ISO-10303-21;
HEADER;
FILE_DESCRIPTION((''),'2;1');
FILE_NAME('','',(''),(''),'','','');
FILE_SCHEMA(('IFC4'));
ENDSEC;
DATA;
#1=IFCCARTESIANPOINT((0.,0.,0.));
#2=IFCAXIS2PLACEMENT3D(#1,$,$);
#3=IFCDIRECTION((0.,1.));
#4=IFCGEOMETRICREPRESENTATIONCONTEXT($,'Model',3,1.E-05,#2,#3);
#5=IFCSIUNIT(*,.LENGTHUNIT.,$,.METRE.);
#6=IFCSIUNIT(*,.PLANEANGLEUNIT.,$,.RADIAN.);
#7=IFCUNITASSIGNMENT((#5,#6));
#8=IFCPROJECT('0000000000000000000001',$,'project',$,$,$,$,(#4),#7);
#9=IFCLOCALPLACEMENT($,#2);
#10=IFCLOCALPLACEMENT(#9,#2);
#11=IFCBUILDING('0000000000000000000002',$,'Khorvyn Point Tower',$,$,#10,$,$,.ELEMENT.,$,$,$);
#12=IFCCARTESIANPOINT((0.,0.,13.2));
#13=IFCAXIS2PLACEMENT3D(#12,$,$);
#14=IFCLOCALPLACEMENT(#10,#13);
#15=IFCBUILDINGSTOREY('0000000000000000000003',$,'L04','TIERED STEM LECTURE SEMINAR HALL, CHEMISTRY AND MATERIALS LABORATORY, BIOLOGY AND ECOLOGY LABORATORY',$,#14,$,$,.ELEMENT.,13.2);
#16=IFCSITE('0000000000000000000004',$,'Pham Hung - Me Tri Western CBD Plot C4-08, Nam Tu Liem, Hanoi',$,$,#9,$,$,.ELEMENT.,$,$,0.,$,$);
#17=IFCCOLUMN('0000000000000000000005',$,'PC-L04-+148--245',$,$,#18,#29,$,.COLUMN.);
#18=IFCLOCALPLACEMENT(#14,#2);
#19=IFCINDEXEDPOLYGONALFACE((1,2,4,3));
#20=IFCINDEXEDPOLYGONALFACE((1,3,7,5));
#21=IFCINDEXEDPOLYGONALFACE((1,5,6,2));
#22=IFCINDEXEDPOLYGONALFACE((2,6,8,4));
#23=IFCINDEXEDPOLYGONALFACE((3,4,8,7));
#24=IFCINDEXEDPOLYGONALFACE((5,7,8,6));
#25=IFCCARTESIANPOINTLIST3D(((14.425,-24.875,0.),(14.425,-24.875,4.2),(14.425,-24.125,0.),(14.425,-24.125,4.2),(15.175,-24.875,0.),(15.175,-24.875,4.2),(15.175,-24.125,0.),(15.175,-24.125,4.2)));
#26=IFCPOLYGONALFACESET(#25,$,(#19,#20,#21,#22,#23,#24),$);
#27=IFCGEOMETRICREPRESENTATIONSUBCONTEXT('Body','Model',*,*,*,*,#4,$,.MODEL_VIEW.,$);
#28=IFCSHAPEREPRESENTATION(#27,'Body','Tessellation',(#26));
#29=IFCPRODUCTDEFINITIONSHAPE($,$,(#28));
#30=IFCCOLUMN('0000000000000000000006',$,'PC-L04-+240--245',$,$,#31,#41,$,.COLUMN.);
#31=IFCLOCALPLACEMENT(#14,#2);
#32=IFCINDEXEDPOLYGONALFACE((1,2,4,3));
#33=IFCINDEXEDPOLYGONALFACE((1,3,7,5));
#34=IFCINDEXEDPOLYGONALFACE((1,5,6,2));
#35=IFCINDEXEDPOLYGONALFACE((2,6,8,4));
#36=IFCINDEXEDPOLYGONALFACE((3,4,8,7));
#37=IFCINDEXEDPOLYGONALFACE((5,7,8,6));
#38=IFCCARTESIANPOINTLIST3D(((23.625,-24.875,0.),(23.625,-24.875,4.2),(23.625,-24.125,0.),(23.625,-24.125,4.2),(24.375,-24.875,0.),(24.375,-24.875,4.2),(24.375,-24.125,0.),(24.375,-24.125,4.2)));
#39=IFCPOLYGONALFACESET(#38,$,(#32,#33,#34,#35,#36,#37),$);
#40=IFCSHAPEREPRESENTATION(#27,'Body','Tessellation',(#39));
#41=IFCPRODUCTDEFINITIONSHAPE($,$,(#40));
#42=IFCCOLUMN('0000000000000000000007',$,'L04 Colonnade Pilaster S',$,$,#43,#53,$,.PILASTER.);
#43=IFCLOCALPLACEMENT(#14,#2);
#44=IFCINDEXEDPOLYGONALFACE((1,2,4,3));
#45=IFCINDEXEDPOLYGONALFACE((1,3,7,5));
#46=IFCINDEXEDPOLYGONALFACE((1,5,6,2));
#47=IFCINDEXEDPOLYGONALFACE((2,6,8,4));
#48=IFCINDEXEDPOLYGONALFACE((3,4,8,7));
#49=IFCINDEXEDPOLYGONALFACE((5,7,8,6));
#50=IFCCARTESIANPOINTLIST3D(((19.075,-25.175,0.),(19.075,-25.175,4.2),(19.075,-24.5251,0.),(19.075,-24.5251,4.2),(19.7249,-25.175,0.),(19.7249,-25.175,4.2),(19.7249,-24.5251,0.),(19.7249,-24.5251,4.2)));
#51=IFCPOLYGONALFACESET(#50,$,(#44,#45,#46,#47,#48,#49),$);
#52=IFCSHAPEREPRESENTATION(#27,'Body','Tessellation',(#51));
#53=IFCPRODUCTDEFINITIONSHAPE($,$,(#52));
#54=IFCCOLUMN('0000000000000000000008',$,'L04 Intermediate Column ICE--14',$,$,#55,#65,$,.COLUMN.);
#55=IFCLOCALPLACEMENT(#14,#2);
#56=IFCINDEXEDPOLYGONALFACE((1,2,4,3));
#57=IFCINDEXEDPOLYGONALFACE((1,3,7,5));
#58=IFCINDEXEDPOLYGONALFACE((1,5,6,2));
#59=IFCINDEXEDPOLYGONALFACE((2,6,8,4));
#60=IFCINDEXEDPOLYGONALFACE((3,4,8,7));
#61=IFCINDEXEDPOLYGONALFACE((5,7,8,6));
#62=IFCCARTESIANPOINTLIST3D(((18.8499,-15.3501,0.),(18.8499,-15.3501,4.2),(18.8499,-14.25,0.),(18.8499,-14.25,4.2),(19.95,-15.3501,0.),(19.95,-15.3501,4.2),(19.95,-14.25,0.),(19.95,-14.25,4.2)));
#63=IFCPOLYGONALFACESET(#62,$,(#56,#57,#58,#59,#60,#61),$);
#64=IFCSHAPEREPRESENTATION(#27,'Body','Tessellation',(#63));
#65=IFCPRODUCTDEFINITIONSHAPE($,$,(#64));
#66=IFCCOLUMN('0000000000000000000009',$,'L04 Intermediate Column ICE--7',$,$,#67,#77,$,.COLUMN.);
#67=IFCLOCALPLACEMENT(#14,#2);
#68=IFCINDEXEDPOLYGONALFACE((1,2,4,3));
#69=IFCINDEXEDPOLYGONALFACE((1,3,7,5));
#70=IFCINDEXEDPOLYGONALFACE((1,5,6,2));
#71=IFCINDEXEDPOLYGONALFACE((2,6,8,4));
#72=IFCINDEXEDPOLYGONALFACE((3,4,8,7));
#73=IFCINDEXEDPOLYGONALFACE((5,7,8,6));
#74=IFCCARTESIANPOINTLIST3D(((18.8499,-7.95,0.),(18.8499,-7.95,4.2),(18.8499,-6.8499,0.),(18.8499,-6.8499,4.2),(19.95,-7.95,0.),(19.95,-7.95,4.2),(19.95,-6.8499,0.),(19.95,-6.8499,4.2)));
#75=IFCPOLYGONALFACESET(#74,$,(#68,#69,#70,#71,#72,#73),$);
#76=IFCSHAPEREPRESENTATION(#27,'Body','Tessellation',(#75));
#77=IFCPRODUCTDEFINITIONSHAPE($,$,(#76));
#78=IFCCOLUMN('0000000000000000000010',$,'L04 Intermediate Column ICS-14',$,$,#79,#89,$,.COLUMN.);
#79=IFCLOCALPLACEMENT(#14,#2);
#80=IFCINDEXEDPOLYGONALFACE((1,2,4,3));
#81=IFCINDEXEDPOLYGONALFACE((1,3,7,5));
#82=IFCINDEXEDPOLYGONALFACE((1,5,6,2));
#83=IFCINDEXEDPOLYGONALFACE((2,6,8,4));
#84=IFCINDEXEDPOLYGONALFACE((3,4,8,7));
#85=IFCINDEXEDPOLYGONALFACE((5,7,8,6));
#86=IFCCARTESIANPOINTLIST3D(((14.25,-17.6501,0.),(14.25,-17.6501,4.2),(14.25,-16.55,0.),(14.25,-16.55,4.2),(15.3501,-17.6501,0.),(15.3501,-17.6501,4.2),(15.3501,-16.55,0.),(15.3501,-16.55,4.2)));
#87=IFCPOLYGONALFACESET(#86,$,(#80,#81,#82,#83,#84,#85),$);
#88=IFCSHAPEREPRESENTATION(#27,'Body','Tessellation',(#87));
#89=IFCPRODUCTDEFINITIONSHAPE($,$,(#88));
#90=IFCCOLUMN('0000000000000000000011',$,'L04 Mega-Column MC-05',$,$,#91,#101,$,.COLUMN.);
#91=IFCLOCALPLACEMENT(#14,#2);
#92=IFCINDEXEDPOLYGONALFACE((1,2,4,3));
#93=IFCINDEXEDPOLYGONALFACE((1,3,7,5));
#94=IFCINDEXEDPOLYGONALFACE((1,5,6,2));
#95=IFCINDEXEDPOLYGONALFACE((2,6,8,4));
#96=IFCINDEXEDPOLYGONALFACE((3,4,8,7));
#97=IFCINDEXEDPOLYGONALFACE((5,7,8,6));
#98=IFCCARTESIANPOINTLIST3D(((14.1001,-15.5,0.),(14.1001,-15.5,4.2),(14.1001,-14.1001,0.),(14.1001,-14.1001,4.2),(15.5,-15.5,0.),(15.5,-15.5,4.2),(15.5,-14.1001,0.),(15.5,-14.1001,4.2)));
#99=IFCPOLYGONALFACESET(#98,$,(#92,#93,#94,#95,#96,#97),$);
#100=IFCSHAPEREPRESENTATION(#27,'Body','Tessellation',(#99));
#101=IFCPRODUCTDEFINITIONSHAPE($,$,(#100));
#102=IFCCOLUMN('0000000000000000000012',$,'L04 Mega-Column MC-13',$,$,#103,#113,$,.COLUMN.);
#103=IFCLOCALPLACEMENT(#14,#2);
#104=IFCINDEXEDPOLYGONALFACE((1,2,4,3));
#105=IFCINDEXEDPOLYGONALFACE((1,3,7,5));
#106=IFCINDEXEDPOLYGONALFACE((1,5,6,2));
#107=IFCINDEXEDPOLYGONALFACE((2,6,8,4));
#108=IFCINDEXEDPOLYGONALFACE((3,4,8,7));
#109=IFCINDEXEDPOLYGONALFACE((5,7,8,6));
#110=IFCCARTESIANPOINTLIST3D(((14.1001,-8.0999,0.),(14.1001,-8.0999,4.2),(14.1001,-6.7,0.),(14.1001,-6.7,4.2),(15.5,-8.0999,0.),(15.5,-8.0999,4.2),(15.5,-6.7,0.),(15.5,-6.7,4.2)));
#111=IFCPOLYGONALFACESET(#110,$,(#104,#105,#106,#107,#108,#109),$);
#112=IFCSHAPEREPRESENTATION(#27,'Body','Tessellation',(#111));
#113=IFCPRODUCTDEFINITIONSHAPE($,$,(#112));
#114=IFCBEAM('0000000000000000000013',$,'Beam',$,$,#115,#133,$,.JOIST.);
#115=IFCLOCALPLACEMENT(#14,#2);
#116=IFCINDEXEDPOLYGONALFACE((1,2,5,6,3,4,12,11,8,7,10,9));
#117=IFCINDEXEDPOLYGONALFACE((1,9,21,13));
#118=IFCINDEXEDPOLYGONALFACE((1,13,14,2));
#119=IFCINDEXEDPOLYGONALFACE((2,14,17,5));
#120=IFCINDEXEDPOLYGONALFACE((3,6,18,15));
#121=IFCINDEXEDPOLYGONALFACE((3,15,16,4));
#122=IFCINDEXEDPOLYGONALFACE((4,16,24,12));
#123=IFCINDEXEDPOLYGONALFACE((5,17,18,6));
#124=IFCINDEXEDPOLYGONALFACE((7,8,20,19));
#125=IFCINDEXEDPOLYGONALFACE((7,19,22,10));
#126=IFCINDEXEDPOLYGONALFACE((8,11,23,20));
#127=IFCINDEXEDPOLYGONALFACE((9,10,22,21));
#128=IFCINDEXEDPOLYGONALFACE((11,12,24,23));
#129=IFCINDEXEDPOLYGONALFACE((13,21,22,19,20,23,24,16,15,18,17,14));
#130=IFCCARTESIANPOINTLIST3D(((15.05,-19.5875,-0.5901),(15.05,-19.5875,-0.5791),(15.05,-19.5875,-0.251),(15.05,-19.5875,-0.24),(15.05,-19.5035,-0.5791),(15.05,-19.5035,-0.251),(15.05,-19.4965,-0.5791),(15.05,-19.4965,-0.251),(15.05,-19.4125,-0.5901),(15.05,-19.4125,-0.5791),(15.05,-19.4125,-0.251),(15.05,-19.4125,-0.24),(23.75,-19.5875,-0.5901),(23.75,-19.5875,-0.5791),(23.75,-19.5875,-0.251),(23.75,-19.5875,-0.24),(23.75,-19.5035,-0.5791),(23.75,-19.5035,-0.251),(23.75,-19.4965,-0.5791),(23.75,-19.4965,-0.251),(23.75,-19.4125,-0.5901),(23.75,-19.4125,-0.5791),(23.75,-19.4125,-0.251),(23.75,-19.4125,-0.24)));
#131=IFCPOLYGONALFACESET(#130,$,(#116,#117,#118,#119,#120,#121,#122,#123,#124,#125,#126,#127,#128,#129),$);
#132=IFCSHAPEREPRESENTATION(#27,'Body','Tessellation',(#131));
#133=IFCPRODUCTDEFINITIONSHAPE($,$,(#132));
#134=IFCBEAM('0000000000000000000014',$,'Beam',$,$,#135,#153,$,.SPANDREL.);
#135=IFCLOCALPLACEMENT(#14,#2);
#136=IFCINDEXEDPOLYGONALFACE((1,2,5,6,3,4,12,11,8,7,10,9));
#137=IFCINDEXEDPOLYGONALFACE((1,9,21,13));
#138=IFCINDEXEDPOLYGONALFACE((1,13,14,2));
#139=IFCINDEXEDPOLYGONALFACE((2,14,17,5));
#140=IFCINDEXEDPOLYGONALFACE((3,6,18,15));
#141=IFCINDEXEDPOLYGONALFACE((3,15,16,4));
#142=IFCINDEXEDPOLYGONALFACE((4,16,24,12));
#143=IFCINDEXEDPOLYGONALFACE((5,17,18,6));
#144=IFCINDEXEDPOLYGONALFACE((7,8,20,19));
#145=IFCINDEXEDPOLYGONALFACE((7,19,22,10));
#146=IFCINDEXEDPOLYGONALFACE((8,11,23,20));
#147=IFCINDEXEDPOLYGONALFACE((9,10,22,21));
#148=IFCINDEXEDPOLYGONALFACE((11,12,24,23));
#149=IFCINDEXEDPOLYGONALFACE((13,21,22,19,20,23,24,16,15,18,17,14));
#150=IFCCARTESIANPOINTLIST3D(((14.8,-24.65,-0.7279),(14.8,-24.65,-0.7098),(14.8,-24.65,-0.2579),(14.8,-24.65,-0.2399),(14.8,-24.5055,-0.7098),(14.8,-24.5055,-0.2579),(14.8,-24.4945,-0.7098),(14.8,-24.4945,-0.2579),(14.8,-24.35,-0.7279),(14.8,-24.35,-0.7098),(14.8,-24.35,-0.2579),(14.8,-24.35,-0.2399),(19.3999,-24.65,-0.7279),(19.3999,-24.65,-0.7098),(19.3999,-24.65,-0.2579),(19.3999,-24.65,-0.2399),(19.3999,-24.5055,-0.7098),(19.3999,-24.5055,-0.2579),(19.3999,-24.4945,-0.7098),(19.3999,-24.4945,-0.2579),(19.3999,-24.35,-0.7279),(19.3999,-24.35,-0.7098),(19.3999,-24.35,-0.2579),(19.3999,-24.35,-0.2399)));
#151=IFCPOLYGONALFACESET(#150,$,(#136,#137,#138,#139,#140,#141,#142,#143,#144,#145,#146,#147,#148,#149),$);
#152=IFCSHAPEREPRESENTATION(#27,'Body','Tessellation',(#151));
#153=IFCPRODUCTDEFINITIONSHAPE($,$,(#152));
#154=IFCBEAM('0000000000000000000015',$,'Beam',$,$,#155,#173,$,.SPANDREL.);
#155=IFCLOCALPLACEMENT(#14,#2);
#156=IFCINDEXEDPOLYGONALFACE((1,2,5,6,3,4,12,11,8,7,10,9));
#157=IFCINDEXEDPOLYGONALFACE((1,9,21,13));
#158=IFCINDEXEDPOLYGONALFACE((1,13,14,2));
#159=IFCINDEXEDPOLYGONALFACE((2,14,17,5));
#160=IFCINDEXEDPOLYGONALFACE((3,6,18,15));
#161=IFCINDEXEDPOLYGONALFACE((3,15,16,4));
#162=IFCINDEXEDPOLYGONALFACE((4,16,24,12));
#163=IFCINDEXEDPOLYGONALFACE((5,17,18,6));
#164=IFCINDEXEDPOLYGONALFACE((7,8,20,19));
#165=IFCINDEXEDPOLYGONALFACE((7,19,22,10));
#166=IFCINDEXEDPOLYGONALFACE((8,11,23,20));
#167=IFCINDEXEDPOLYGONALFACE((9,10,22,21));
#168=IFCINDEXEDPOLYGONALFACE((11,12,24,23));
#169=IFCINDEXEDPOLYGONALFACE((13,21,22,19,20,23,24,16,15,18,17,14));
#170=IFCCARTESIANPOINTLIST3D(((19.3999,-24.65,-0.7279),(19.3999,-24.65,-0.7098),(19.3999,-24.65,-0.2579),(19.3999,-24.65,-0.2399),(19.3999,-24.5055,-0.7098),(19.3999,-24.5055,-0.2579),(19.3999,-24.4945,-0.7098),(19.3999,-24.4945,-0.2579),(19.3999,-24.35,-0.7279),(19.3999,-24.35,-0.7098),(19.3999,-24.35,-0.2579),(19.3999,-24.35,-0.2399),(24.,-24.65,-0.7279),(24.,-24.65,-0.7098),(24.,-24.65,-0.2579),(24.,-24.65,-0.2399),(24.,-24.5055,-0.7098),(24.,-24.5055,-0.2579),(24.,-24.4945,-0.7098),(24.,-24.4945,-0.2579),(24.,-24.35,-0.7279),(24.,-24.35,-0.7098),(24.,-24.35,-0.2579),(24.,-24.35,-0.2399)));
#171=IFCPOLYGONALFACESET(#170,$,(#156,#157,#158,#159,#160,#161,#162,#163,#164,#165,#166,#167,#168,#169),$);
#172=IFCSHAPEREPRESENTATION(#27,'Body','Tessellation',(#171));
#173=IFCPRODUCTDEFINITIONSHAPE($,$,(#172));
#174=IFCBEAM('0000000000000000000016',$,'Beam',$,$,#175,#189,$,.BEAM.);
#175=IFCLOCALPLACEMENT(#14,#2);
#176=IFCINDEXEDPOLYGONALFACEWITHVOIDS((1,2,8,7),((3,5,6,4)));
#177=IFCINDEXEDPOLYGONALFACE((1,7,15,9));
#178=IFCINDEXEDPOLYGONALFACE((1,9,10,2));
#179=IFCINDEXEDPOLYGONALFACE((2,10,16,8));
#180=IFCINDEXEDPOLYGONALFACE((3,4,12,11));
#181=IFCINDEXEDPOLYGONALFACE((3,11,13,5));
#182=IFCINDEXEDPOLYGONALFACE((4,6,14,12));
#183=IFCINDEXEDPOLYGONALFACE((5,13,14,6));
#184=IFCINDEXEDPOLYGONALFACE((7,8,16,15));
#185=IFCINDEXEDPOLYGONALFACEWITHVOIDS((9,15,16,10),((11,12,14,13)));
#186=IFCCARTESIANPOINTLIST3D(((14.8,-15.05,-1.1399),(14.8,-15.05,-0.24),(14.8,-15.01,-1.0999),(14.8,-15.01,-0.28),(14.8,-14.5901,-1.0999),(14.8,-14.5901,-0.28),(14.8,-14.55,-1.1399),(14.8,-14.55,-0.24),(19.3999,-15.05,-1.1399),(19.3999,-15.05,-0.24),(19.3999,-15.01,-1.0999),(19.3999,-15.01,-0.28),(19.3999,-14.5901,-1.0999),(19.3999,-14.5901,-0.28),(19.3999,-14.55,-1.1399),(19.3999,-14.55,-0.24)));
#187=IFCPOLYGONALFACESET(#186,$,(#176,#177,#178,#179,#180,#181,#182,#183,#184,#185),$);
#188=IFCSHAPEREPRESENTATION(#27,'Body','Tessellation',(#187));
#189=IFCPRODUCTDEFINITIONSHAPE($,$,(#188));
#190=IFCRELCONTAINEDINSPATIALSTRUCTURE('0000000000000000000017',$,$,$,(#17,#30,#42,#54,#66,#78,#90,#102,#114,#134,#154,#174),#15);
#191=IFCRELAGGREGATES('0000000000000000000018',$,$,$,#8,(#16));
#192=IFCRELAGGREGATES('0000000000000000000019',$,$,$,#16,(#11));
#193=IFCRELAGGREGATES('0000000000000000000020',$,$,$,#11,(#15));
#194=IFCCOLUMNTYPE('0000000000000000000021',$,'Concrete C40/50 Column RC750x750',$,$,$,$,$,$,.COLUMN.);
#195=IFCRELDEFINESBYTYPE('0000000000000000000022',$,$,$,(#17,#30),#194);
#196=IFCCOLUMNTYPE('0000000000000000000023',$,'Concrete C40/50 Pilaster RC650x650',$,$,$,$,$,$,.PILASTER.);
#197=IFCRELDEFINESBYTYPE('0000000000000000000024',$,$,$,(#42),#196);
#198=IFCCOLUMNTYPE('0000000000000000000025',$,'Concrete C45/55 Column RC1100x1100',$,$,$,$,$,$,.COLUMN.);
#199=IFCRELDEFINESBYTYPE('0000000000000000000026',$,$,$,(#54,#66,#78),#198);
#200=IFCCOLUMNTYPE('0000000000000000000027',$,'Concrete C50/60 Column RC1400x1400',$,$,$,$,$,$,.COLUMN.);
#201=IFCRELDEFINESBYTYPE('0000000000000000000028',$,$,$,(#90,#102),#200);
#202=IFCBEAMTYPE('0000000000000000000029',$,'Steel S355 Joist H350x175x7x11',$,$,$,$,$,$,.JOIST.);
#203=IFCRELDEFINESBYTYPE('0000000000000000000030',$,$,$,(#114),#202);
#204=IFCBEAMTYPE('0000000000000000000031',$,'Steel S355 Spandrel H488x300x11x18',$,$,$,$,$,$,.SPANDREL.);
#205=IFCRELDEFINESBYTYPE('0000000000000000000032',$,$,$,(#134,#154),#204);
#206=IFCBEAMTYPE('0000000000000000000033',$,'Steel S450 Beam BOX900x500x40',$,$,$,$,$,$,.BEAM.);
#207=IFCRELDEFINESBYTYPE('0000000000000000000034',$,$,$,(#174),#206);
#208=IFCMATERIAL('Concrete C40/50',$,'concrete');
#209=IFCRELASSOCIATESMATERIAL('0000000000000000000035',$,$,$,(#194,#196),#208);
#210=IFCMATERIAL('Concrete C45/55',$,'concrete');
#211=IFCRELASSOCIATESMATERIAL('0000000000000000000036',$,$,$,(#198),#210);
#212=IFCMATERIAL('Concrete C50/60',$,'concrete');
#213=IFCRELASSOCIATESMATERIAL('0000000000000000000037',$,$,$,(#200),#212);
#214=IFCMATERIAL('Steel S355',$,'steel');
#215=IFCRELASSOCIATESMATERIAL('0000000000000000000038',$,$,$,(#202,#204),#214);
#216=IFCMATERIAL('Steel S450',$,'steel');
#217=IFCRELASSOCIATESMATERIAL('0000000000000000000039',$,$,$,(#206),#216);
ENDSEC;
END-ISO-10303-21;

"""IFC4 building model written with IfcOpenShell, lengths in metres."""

from ifc_helpers import new_model, si_unit, direction, frame, origin, origin_2d, place, context, subcontext, project, spatial, rectangle, hollow_rectangle, i_section, extrude, material, material_profile, profile_set, type_object, element, save


model = new_model("IFC4")

# Units and contexts
model_context = context("Model", 3, precision=1e-05, world=origin(), true_north=direction((0.0, 1.0)))
body_context = subcontext(model_context, "Body", "Model", "MODEL_VIEW")
ifc_project = project(units=[si_unit("LENGTHUNIT", "METRE"), si_unit("PLANEANGLEUNIT", "RADIAN")], contexts=[model_context])

# Site, building, storey
site_placement = place(None, origin())
site = spatial("IfcSite", under=ifc_project, at=site_placement, Name="Pham Hung - Me Tri Western CBD Plot C4-08, Nam Tu Liem, Hanoi", CompositionType="ELEMENT", RefElevation=0.0)
building_placement = place(site_placement, origin())
building = spatial("IfcBuilding", under=site, at=building_placement, Name="Khorvyn Point Tower", CompositionType="ELEMENT")
storey_placement = place(building_placement, frame((0.0, 0.0, 13.2)))
storey = spatial("IfcBuildingStorey", under=building, at=storey_placement, Name="L04", Description="TIERED STEM LECTURE SEMINAR HALL, CHEMISTRY AND MATERIALS LABORATORY, BIOLOGY AND ECOLOGY LABORATORY", CompositionType="ELEMENT", Elevation=13.2)

# Columns
ifc_material_1 = material(Name="Concrete C40/50", Category="concrete")
ifc_material_profile_1 = material_profile(ifc_material_1, rectangle(XDim=0.75, YDim=0.75, at=origin_2d()))
ifc_profile_set_1 = profile_set([ifc_material_profile_1], Name="Concrete C40/50 RC750x750")
column_type_1 = type_object("IfcColumnType", Name="Concrete C40/50 Column RC750x750", PredefinedType="COLUMN", material=ifc_profile_set_1)
for number, where, z_axis, x_axis, name in (
    (1, (14.8, -24.5, 0.0), (0.0, 0.0, 1.0), (1.0, 0.0, 0.0), "PC-L04-+148--245"),
    (2, (24.0, -24.5, 0.0), (0.0, 0.0, 1.0), (1.0, 0.0, 0.0), "PC-L04-+240--245"),
):
    element("IfcColumn", number, at=place(storey_placement, frame(where, z_axis=z_axis, x_axis=x_axis)), inside=storey, type_object=column_type_1, Name=name, PredefinedType="COLUMN", context=body_context, shape_type="SweptSolid", body=[
        extrude(rectangle(XDim=0.75, YDim=0.75, at=origin_2d()), origin(), (0.0, 0.0, 1.0), 4.2),
    ])
ifc_material_profile_2 = material_profile(ifc_material_1, rectangle(XDim=0.6499, YDim=0.6499, at=origin_2d()))
ifc_profile_set_2 = profile_set([ifc_material_profile_2], Name="Concrete C40/50 RC650x650")
column_type_2 = type_object("IfcColumnType", Name="Concrete C40/50 Pilaster RC650x650", PredefinedType="PILASTER", material=ifc_profile_set_2)
column_placement = place(storey_placement, frame((19.3999, -24.8501, 0.0), z_axis=(0.0, 0.0, 1.0), x_axis=(1.0, 0.0, 0.0)))
element("IfcColumn", 3, at=column_placement, inside=storey, type_object=column_type_2, Name="L04 Colonnade Pilaster S", PredefinedType="PILASTER", context=body_context, shape_type="SweptSolid", body=[
    extrude(rectangle(XDim=0.6499, YDim=0.6499, at=origin_2d()), origin(), (0.0, 0.0, 1.0), 4.2),
])
ifc_material_2 = material(Name="Concrete C45/55", Category="concrete")
ifc_material_profile_3 = material_profile(ifc_material_2, rectangle(XDim=1.1001, YDim=1.1001, at=origin_2d()))
ifc_profile_set_3 = profile_set([ifc_material_profile_3], Name="Concrete C45/55 RC1100x1100")
column_type_3 = type_object("IfcColumnType", Name="Concrete C45/55 Column RC1100x1100", PredefinedType="COLUMN", material=ifc_profile_set_3)
for number, where, z_axis, x_axis, name in (
    (4, (19.3999, -14.8, 0.0), (0.0, 0.0, 1.0), (1.0, 0.0, 0.0), "L04 Intermediate Column ICE--14"),
    (5, (19.3999, -7.3999, 0.0), (0.0, 0.0, 1.0), (1.0, 0.0, 0.0), "L04 Intermediate Column ICE--7"),
    (6, (14.8, -17.1001, 0.0), (0.0, 0.0, 1.0), (1.0, 0.0, 0.0), "L04 Intermediate Column ICS-14"),
):
    element("IfcColumn", number, at=place(storey_placement, frame(where, z_axis=z_axis, x_axis=x_axis)), inside=storey, type_object=column_type_3, Name=name, PredefinedType="COLUMN", context=body_context, shape_type="SweptSolid", body=[
        extrude(rectangle(XDim=1.1001, YDim=1.1001, at=origin_2d()), origin(), (0.0, 0.0, 1.0), 4.2),
    ])
ifc_material_3 = material(Name="Concrete C50/60", Category="concrete")
ifc_material_profile_4 = material_profile(ifc_material_3, rectangle(XDim=1.3999, YDim=1.3999, at=origin_2d()))
ifc_profile_set_4 = profile_set([ifc_material_profile_4], Name="Concrete C50/60 RC1400x1400")
column_type_4 = type_object("IfcColumnType", Name="Concrete C50/60 Column RC1400x1400", PredefinedType="COLUMN", material=ifc_profile_set_4)
for number, where, z_axis, x_axis, name in (
    (7, (14.8, -14.8, 0.0), (0.0, 0.0, 1.0), (1.0, 0.0, 0.0), "L04 Mega-Column MC-05"),
    (8, (14.8, -7.3999, 0.0), (0.0, 0.0, 1.0), (1.0, 0.0, 0.0), "L04 Mega-Column MC-13"),
):
    element("IfcColumn", number, at=place(storey_placement, frame(where, z_axis=z_axis, x_axis=x_axis)), inside=storey, type_object=column_type_4, Name=name, PredefinedType="COLUMN", context=body_context, shape_type="SweptSolid", body=[
        extrude(rectangle(XDim=1.3999, YDim=1.3999, at=origin_2d()), origin(), (0.0, 0.0, 1.0), 4.2),
    ])

# Beams
ifc_material_4 = material(Name="Steel S355", Category="steel")
ifc_material_profile_5 = material_profile(ifc_material_4, i_section(OverallWidth=0.175, OverallDepth=0.3501, WebThickness=0.0071, FlangeThickness=0.011, at=origin_2d()))
ifc_profile_set_5 = profile_set([ifc_material_profile_5], Name="Steel S355 H350x175x7x11")
beam_type_1 = type_object("IfcBeamType", Name="Steel S355 Joist H350x175x7x11", PredefinedType="JOIST", material=ifc_profile_set_5)
beam_1_placement = place(storey_placement, frame((15.05, -19.5, -0.415), z_axis=(1.0, 0.0, 0.0), x_axis=(0.0, 1.0, 0.0)))
element("IfcBeam", 9, at=beam_1_placement, inside=storey, type_object=beam_type_1, Name="Beam", PredefinedType="JOIST", context=body_context, shape_type="SweptSolid", body=[
    extrude(i_section(OverallWidth=0.175, OverallDepth=0.3501, WebThickness=0.0071, FlangeThickness=0.011, at=origin_2d()), origin(), (0.0, 0.0, 1.0), 8.7),
])
ifc_material_profile_6 = material_profile(ifc_material_4, i_section(OverallWidth=0.3, OverallDepth=0.488, WebThickness=0.011, FlangeThickness=0.0181, at=origin_2d()))
ifc_profile_set_6 = profile_set([ifc_material_profile_6], Name="Steel S355 H488x300x11x18")
beam_type_2 = type_object("IfcBeamType", Name="Steel S355 Spandrel H488x300x11x18", PredefinedType="SPANDREL", material=ifc_profile_set_6)
beam_2_placement = place(storey_placement, frame((14.8, -24.5, -0.4839), z_axis=(1.0, 0.0, 0.0), x_axis=(0.0, 1.0, 0.0)))
element("IfcBeam", 10, at=beam_2_placement, inside=storey, type_object=beam_type_2, Name="Beam", PredefinedType="SPANDREL", context=body_context, shape_type="SweptSolid", body=[
    extrude(i_section(OverallWidth=0.3, OverallDepth=0.488, WebThickness=0.011, FlangeThickness=0.0181, at=origin_2d()), origin(), (0.0, 0.0, 1.0), 4.5999),
])
beam_3_placement = place(storey_placement, frame((19.3999, -24.5, -0.4839), z_axis=(1.0, 0.0, 0.0), x_axis=(0.0, 1.0, 0.0)))
element("IfcBeam", 11, at=beam_3_placement, inside=storey, type_object=beam_type_2, Name="Beam", PredefinedType="SPANDREL", context=body_context, shape_type="SweptSolid", body=[
    extrude(i_section(OverallWidth=0.3, OverallDepth=0.488, WebThickness=0.011, FlangeThickness=0.0181, at=origin_2d()), origin(), (0.0, 0.0, 1.0), 4.6001),
])
ifc_material_5 = material(Name="Steel S450", Category="steel")
ifc_material_profile_7 = material_profile(ifc_material_5, hollow_rectangle(XDim=0.5, YDim=0.8999, WallThickness=0.04, at=origin_2d()))
ifc_profile_set_7 = profile_set([ifc_material_profile_7], Name="Steel S450 BOX900x500x40")
beam_type_3 = type_object("IfcBeamType", Name="Steel S450 Beam BOX900x500x40", PredefinedType="BEAM", material=ifc_profile_set_7)
beam_4_placement = place(storey_placement, frame((14.8, -14.8, -0.6899), z_axis=(1.0, 0.0, 0.0), x_axis=(0.0, 1.0, 0.0)))
element("IfcBeam", 12, at=beam_4_placement, inside=storey, type_object=beam_type_3, Name="Beam", PredefinedType="BEAM", context=body_context, shape_type="SweptSolid", body=[
    extrude(hollow_rectangle(XDim=0.5, YDim=0.8999, WallThickness=0.04, at=origin_2d()), origin(), (0.0, 0.0, 1.0), 4.5999),
])

save(model, "model.ifc")
